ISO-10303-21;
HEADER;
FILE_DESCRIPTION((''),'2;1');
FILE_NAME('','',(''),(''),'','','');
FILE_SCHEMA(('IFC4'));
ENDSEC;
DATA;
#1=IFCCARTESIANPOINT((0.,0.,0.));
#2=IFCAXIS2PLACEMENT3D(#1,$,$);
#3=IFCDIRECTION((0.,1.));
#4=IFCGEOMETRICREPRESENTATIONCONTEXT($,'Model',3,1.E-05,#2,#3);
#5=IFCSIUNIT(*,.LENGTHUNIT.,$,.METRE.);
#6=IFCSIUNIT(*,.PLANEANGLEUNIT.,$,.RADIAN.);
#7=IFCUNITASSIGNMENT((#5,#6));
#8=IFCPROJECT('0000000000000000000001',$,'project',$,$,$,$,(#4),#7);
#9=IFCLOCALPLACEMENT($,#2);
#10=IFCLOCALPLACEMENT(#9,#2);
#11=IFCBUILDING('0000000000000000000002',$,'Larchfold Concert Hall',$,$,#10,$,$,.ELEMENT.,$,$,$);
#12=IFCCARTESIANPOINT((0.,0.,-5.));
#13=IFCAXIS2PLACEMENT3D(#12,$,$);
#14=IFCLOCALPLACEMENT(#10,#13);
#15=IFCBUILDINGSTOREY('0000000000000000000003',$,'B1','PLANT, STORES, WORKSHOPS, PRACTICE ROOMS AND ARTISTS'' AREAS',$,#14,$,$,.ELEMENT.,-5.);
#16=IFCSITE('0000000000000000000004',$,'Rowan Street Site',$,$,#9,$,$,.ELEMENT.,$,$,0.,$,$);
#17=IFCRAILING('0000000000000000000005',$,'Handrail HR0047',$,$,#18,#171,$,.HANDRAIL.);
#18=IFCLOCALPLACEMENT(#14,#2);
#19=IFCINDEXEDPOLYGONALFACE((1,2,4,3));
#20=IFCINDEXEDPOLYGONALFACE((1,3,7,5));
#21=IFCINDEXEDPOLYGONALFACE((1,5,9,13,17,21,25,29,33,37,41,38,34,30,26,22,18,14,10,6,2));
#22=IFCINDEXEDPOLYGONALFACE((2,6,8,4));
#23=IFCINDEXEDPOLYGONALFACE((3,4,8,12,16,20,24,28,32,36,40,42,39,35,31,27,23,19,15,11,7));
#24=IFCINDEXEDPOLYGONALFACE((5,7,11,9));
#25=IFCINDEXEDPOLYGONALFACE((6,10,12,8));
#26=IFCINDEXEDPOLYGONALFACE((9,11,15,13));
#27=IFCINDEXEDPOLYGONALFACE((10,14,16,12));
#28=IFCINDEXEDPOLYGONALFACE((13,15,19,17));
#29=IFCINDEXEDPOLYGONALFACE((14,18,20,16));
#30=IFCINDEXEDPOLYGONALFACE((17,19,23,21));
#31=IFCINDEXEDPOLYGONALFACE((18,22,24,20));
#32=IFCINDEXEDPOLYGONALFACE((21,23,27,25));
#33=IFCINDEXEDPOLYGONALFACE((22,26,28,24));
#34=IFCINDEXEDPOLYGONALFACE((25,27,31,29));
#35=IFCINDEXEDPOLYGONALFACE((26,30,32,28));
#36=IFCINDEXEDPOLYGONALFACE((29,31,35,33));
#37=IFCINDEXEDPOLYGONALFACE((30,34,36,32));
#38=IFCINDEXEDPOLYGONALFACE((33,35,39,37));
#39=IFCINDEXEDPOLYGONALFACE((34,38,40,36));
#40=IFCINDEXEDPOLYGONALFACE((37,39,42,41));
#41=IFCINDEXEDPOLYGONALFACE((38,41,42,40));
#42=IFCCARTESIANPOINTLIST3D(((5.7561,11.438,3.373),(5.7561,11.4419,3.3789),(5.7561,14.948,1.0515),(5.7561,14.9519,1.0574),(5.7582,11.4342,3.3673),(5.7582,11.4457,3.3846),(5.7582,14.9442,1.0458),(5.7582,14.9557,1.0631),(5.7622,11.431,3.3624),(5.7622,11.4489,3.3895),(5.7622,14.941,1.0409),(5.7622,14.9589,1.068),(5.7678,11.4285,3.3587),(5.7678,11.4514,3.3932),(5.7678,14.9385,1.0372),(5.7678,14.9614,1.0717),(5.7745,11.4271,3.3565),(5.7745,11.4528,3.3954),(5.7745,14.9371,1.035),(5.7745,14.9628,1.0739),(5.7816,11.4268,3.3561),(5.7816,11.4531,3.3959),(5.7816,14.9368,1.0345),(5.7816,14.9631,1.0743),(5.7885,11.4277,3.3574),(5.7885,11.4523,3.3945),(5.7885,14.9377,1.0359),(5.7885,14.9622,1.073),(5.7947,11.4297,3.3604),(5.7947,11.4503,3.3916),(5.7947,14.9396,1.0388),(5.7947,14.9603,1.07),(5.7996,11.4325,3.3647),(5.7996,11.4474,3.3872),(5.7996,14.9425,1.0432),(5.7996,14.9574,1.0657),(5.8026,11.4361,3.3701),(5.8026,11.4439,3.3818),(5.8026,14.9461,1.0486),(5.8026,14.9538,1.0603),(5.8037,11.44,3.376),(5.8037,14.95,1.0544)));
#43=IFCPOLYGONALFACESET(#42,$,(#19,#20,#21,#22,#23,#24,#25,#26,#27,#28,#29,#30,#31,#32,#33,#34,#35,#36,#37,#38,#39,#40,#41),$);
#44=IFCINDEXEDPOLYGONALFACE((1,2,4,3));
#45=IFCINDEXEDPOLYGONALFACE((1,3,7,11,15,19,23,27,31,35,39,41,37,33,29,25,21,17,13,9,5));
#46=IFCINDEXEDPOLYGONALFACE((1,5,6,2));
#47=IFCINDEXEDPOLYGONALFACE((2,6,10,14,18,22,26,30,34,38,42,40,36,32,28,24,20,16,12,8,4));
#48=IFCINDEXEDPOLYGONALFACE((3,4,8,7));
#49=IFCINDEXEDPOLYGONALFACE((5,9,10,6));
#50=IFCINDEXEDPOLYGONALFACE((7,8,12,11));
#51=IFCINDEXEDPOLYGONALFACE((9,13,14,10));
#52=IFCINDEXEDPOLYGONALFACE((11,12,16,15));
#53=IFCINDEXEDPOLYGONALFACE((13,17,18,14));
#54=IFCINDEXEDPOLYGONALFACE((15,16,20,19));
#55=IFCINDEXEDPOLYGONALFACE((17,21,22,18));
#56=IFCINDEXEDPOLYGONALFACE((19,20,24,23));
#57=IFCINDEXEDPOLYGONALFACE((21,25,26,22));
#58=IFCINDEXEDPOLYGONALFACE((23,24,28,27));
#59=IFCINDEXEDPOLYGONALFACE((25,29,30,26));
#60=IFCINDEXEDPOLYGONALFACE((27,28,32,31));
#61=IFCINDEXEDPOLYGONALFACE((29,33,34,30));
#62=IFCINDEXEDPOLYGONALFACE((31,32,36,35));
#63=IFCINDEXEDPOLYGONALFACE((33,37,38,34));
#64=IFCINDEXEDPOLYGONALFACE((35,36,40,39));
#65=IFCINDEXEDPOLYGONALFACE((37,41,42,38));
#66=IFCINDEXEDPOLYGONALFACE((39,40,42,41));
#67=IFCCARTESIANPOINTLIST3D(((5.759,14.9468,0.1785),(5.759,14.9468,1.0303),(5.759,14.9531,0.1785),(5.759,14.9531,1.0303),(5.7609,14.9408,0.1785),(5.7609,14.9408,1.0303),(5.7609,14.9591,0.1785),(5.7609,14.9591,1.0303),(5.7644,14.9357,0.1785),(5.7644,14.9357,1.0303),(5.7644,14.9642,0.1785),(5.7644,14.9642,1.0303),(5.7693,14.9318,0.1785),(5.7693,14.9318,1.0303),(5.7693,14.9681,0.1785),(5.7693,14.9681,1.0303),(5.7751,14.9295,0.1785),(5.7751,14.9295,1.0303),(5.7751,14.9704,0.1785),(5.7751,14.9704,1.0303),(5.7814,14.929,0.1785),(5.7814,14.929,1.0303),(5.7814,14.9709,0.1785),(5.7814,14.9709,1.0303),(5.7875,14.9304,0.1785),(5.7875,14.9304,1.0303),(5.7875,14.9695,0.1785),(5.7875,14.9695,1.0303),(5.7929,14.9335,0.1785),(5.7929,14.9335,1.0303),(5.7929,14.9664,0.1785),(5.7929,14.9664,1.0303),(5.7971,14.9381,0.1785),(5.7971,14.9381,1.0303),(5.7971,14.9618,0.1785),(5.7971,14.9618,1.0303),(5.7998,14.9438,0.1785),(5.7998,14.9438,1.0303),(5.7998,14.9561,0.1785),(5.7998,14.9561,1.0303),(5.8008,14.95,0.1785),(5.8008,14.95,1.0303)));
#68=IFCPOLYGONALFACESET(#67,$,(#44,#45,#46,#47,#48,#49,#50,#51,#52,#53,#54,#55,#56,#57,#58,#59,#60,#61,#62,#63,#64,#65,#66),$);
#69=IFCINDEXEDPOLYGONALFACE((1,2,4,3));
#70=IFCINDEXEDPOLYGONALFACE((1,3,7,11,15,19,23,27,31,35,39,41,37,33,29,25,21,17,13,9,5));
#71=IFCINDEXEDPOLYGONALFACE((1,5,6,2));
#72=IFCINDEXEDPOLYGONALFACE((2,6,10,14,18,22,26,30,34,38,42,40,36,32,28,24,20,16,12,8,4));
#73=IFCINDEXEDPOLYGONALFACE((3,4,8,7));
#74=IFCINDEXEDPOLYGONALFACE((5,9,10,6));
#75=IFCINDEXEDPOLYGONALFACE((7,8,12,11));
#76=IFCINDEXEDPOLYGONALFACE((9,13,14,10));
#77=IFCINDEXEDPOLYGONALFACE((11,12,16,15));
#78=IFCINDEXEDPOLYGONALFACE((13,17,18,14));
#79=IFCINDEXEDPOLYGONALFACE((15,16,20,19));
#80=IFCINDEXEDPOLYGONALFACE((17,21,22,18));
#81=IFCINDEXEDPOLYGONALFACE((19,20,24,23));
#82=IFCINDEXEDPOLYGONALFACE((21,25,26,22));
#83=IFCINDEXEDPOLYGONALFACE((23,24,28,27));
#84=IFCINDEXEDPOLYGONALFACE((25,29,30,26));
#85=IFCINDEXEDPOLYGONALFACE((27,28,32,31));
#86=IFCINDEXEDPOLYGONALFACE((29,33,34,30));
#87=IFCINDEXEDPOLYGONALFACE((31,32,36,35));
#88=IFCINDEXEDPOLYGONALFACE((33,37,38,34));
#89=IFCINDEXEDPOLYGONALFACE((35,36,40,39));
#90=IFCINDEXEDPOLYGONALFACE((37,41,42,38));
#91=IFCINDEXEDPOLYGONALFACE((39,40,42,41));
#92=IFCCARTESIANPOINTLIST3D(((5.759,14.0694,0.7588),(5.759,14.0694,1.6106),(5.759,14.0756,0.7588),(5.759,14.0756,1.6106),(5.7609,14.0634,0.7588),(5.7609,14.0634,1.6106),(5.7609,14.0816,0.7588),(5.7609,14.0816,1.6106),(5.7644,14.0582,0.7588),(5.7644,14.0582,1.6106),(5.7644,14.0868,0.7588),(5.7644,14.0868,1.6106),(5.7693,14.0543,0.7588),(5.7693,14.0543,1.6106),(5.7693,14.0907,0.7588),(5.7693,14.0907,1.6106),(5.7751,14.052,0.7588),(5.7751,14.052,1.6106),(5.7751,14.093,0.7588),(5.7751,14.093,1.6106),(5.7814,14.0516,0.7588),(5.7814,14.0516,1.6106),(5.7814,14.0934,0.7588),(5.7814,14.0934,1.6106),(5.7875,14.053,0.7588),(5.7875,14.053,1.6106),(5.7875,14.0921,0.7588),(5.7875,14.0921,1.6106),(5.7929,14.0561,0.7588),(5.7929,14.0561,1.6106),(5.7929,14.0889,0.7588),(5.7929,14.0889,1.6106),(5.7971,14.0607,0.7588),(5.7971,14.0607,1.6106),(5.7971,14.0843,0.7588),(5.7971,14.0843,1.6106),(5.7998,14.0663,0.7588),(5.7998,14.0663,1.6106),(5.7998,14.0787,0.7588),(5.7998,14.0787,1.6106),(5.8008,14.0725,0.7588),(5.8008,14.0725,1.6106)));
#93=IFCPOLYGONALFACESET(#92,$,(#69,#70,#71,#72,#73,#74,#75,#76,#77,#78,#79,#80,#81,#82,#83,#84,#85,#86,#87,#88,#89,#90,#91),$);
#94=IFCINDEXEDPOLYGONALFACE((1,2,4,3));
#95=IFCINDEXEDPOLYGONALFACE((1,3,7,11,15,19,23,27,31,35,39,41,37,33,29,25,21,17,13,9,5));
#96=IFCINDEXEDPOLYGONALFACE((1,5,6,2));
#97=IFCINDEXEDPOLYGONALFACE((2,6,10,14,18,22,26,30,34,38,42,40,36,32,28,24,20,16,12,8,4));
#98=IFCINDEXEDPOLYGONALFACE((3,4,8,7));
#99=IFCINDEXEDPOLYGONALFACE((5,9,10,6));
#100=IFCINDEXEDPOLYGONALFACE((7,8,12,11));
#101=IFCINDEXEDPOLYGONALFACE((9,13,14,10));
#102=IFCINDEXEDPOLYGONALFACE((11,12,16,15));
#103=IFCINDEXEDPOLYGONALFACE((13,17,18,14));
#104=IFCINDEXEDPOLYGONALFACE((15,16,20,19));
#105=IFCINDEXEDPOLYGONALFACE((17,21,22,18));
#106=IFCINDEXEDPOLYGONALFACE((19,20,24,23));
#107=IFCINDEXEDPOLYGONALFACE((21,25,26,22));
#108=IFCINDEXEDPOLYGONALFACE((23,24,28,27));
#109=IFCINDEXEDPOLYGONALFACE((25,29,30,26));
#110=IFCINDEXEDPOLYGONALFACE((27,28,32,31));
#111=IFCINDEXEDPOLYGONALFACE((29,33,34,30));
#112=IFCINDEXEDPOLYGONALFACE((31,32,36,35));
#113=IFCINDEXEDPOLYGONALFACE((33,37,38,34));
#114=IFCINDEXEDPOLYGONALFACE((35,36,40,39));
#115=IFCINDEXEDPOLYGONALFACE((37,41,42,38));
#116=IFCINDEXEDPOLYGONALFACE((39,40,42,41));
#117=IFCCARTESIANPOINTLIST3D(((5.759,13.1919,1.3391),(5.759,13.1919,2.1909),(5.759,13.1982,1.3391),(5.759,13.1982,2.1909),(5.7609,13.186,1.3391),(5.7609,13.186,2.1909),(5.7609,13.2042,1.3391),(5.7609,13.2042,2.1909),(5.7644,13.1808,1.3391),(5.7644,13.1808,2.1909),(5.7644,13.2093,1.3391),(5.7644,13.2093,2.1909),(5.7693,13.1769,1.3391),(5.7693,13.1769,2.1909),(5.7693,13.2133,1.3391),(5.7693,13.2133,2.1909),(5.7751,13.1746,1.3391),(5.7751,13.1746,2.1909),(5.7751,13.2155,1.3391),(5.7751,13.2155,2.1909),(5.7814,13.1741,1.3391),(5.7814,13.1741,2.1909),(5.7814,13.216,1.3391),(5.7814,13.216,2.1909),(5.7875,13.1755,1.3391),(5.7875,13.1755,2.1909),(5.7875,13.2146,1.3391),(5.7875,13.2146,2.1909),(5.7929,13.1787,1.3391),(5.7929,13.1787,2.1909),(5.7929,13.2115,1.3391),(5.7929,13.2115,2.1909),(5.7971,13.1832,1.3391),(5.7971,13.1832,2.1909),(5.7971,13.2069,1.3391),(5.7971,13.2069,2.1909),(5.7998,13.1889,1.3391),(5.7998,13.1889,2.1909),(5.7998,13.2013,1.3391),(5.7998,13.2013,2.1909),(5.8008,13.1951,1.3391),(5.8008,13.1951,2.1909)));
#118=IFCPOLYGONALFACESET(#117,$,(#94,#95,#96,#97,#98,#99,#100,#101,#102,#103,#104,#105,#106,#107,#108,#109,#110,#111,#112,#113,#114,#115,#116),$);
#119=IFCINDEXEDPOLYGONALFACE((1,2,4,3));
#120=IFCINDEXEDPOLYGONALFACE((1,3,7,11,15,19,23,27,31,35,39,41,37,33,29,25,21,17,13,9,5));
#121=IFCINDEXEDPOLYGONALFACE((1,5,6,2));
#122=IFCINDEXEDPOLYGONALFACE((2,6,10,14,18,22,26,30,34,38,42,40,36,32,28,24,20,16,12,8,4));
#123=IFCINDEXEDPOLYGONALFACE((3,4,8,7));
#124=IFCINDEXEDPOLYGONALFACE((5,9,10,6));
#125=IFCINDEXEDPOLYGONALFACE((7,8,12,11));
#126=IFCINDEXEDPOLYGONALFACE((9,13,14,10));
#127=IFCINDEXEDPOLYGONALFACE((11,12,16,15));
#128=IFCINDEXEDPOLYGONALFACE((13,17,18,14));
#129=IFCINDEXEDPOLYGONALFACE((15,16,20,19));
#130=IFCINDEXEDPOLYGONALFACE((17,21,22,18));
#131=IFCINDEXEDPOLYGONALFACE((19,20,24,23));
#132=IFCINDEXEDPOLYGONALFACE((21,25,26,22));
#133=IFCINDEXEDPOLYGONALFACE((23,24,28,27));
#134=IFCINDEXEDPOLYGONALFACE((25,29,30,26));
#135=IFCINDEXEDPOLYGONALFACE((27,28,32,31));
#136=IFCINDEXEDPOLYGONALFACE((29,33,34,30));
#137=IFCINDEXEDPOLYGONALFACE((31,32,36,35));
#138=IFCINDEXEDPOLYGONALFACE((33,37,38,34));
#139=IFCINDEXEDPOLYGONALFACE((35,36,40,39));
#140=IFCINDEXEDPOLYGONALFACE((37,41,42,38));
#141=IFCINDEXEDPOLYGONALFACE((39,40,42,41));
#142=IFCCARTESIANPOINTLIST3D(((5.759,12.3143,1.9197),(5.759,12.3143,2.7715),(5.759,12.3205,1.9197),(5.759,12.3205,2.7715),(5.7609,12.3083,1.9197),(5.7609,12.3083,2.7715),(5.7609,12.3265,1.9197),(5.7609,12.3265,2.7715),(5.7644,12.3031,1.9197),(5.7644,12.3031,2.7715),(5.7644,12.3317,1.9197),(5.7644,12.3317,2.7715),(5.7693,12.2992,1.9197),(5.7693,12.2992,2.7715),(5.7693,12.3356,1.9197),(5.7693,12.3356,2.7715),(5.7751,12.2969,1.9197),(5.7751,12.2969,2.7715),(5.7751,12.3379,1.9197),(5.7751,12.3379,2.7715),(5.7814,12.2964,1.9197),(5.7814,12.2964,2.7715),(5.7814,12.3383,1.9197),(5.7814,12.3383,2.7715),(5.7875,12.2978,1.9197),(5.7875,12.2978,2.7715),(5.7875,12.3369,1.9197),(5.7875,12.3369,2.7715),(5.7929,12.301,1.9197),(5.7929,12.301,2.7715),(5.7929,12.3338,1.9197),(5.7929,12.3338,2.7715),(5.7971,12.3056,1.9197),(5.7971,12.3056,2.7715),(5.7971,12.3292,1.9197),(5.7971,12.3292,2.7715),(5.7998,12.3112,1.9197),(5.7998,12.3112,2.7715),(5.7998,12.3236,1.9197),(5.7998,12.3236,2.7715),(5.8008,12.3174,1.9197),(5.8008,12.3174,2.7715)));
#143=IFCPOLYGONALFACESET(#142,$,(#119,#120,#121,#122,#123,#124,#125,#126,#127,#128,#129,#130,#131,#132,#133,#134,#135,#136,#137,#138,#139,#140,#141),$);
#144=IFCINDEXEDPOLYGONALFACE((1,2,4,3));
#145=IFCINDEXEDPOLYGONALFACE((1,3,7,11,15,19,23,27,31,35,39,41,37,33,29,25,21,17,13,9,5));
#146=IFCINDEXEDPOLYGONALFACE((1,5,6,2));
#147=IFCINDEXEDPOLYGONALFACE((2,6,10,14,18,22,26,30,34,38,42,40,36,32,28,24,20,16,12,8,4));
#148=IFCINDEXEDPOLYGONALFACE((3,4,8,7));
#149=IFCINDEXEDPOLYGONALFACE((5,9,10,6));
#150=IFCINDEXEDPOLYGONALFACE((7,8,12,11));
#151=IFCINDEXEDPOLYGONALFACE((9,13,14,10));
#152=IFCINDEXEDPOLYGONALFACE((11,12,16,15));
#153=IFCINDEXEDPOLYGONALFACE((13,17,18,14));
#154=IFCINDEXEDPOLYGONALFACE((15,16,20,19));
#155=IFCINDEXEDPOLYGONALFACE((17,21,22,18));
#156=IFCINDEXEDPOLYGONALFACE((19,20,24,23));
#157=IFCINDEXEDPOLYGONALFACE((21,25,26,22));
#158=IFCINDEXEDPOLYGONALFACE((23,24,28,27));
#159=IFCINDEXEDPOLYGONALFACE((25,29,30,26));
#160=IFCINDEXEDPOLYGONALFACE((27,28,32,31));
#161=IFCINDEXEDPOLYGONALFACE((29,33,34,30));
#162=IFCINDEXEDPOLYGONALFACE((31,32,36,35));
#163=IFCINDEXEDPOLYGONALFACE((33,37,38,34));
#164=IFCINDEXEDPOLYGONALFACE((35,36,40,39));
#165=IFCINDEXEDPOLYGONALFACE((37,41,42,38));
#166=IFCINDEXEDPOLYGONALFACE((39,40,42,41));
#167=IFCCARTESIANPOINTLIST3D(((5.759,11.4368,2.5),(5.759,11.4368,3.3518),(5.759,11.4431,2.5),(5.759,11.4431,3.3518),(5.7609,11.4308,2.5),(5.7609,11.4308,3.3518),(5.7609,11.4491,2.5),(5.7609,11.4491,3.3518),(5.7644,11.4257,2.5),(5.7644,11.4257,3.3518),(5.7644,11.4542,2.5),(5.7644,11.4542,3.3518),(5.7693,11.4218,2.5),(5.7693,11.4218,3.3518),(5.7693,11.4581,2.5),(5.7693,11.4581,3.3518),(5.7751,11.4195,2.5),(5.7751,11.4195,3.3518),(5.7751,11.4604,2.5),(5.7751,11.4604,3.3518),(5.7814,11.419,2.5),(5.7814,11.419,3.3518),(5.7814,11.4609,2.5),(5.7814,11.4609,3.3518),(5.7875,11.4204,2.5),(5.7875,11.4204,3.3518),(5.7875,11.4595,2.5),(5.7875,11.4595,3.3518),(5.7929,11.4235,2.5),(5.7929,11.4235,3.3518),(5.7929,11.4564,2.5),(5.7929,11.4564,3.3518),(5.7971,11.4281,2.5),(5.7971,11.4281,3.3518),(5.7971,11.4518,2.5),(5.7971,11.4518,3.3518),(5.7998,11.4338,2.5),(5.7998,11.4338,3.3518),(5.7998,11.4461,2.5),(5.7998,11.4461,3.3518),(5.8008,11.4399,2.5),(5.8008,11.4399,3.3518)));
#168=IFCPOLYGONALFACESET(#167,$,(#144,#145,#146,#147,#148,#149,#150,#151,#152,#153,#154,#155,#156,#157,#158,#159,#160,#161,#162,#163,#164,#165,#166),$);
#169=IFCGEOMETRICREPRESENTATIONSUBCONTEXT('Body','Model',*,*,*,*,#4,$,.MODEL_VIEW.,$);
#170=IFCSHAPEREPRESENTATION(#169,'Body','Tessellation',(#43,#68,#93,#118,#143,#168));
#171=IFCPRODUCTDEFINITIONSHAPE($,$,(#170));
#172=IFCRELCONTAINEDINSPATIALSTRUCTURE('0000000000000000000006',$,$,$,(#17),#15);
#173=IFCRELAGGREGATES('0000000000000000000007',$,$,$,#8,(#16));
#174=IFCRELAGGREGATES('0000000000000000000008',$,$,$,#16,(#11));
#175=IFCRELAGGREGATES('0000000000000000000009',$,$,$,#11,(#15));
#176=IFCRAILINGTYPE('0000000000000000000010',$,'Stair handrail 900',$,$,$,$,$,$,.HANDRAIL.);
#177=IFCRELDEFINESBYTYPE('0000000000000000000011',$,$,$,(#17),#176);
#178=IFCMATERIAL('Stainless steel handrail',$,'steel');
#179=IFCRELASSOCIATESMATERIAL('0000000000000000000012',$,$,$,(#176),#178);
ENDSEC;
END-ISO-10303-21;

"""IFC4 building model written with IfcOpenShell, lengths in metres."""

from ifc_helpers import new_model, si_unit, direction, frame, origin, origin_2d, place, context, subcontext, project, spatial, circle, extrude, material, type_object, element, save


model = new_model("IFC4")

# Units and contexts
model_context = context("Model", 3, precision=1e-05, world=origin(), true_north=direction((0.0, 1.0)))
body_context = subcontext(model_context, "Body", "Model", "MODEL_VIEW")
ifc_project = project(units=[si_unit("LENGTHUNIT", "METRE"), si_unit("PLANEANGLEUNIT", "RADIAN")], contexts=[model_context])

# Site, building, storey
site_placement = place(None, origin())
site = spatial("IfcSite", under=ifc_project, at=site_placement, Name="Rowan Street Site", CompositionType="ELEMENT", RefElevation=0.0)
building_placement = place(site_placement, origin())
building = spatial("IfcBuilding", under=site, at=building_placement, Name="Larchfold Concert Hall", CompositionType="ELEMENT")
storey_placement = place(building_placement, frame((0.0, 0.0, -5.0)))
storey = spatial("IfcBuildingStorey", under=building, at=storey_placement, Name="B1", Description="PLANT, STORES, WORKSHOPS, PRACTICE ROOMS AND ARTISTS' AREAS", CompositionType="ELEMENT", Elevation=-5.0)

# Railing
ifc_material_1 = material(Name="Stainless steel handrail", Category="steel")
railing_type_1 = type_object("IfcRailingType", Name="Stair handrail 900", PredefinedType="HANDRAIL", material=ifc_material_1)
for number, where, name in (
    (1, (5.7798, 14.95, 0.1785), "Handrail HR0047"),
):
    element("IfcRailing", number, at=place(storey_placement, frame(where)), inside=storey, type_object=railing_type_1, Name=name, PredefinedType="HANDRAIL", context=body_context, shape_type="SweptSolid", body=[
        extrude(circle(Radius=0.0239, at=origin_2d()), frame((0.0, 0.0, 0.876), z_axis=(0.0, -0.834071, 0.551657), x_axis=(1.0, 0.0, 0.0)), (0.0, 0.0, 1.0), 4.2083),
        extrude(circle(Radius=0.021, at=origin_2d()), origin(), (0.0, 0.0, 1.0), 0.8518),
        extrude(circle(Radius=0.021, at=origin_2d()), frame((0.0, -0.8774, 0.5803)), (0.0, 0.0, 1.0), 0.8518),
        extrude(circle(Radius=0.021, at=origin_2d()), frame((0.0, -1.7549, 1.1606)), (0.0, 0.0, 1.0), 0.8518),
        extrude(circle(Radius=0.021, at=origin_2d()), frame((0.0, -2.6326, 1.7412)), (0.0, 0.0, 1.0), 0.8518),
        extrude(circle(Radius=0.021, at=origin_2d()), frame((0.0, -3.51, 2.3215)), (0.0, 0.0, 1.0), 0.8518),
    ])

save(model, "model.ifc")
